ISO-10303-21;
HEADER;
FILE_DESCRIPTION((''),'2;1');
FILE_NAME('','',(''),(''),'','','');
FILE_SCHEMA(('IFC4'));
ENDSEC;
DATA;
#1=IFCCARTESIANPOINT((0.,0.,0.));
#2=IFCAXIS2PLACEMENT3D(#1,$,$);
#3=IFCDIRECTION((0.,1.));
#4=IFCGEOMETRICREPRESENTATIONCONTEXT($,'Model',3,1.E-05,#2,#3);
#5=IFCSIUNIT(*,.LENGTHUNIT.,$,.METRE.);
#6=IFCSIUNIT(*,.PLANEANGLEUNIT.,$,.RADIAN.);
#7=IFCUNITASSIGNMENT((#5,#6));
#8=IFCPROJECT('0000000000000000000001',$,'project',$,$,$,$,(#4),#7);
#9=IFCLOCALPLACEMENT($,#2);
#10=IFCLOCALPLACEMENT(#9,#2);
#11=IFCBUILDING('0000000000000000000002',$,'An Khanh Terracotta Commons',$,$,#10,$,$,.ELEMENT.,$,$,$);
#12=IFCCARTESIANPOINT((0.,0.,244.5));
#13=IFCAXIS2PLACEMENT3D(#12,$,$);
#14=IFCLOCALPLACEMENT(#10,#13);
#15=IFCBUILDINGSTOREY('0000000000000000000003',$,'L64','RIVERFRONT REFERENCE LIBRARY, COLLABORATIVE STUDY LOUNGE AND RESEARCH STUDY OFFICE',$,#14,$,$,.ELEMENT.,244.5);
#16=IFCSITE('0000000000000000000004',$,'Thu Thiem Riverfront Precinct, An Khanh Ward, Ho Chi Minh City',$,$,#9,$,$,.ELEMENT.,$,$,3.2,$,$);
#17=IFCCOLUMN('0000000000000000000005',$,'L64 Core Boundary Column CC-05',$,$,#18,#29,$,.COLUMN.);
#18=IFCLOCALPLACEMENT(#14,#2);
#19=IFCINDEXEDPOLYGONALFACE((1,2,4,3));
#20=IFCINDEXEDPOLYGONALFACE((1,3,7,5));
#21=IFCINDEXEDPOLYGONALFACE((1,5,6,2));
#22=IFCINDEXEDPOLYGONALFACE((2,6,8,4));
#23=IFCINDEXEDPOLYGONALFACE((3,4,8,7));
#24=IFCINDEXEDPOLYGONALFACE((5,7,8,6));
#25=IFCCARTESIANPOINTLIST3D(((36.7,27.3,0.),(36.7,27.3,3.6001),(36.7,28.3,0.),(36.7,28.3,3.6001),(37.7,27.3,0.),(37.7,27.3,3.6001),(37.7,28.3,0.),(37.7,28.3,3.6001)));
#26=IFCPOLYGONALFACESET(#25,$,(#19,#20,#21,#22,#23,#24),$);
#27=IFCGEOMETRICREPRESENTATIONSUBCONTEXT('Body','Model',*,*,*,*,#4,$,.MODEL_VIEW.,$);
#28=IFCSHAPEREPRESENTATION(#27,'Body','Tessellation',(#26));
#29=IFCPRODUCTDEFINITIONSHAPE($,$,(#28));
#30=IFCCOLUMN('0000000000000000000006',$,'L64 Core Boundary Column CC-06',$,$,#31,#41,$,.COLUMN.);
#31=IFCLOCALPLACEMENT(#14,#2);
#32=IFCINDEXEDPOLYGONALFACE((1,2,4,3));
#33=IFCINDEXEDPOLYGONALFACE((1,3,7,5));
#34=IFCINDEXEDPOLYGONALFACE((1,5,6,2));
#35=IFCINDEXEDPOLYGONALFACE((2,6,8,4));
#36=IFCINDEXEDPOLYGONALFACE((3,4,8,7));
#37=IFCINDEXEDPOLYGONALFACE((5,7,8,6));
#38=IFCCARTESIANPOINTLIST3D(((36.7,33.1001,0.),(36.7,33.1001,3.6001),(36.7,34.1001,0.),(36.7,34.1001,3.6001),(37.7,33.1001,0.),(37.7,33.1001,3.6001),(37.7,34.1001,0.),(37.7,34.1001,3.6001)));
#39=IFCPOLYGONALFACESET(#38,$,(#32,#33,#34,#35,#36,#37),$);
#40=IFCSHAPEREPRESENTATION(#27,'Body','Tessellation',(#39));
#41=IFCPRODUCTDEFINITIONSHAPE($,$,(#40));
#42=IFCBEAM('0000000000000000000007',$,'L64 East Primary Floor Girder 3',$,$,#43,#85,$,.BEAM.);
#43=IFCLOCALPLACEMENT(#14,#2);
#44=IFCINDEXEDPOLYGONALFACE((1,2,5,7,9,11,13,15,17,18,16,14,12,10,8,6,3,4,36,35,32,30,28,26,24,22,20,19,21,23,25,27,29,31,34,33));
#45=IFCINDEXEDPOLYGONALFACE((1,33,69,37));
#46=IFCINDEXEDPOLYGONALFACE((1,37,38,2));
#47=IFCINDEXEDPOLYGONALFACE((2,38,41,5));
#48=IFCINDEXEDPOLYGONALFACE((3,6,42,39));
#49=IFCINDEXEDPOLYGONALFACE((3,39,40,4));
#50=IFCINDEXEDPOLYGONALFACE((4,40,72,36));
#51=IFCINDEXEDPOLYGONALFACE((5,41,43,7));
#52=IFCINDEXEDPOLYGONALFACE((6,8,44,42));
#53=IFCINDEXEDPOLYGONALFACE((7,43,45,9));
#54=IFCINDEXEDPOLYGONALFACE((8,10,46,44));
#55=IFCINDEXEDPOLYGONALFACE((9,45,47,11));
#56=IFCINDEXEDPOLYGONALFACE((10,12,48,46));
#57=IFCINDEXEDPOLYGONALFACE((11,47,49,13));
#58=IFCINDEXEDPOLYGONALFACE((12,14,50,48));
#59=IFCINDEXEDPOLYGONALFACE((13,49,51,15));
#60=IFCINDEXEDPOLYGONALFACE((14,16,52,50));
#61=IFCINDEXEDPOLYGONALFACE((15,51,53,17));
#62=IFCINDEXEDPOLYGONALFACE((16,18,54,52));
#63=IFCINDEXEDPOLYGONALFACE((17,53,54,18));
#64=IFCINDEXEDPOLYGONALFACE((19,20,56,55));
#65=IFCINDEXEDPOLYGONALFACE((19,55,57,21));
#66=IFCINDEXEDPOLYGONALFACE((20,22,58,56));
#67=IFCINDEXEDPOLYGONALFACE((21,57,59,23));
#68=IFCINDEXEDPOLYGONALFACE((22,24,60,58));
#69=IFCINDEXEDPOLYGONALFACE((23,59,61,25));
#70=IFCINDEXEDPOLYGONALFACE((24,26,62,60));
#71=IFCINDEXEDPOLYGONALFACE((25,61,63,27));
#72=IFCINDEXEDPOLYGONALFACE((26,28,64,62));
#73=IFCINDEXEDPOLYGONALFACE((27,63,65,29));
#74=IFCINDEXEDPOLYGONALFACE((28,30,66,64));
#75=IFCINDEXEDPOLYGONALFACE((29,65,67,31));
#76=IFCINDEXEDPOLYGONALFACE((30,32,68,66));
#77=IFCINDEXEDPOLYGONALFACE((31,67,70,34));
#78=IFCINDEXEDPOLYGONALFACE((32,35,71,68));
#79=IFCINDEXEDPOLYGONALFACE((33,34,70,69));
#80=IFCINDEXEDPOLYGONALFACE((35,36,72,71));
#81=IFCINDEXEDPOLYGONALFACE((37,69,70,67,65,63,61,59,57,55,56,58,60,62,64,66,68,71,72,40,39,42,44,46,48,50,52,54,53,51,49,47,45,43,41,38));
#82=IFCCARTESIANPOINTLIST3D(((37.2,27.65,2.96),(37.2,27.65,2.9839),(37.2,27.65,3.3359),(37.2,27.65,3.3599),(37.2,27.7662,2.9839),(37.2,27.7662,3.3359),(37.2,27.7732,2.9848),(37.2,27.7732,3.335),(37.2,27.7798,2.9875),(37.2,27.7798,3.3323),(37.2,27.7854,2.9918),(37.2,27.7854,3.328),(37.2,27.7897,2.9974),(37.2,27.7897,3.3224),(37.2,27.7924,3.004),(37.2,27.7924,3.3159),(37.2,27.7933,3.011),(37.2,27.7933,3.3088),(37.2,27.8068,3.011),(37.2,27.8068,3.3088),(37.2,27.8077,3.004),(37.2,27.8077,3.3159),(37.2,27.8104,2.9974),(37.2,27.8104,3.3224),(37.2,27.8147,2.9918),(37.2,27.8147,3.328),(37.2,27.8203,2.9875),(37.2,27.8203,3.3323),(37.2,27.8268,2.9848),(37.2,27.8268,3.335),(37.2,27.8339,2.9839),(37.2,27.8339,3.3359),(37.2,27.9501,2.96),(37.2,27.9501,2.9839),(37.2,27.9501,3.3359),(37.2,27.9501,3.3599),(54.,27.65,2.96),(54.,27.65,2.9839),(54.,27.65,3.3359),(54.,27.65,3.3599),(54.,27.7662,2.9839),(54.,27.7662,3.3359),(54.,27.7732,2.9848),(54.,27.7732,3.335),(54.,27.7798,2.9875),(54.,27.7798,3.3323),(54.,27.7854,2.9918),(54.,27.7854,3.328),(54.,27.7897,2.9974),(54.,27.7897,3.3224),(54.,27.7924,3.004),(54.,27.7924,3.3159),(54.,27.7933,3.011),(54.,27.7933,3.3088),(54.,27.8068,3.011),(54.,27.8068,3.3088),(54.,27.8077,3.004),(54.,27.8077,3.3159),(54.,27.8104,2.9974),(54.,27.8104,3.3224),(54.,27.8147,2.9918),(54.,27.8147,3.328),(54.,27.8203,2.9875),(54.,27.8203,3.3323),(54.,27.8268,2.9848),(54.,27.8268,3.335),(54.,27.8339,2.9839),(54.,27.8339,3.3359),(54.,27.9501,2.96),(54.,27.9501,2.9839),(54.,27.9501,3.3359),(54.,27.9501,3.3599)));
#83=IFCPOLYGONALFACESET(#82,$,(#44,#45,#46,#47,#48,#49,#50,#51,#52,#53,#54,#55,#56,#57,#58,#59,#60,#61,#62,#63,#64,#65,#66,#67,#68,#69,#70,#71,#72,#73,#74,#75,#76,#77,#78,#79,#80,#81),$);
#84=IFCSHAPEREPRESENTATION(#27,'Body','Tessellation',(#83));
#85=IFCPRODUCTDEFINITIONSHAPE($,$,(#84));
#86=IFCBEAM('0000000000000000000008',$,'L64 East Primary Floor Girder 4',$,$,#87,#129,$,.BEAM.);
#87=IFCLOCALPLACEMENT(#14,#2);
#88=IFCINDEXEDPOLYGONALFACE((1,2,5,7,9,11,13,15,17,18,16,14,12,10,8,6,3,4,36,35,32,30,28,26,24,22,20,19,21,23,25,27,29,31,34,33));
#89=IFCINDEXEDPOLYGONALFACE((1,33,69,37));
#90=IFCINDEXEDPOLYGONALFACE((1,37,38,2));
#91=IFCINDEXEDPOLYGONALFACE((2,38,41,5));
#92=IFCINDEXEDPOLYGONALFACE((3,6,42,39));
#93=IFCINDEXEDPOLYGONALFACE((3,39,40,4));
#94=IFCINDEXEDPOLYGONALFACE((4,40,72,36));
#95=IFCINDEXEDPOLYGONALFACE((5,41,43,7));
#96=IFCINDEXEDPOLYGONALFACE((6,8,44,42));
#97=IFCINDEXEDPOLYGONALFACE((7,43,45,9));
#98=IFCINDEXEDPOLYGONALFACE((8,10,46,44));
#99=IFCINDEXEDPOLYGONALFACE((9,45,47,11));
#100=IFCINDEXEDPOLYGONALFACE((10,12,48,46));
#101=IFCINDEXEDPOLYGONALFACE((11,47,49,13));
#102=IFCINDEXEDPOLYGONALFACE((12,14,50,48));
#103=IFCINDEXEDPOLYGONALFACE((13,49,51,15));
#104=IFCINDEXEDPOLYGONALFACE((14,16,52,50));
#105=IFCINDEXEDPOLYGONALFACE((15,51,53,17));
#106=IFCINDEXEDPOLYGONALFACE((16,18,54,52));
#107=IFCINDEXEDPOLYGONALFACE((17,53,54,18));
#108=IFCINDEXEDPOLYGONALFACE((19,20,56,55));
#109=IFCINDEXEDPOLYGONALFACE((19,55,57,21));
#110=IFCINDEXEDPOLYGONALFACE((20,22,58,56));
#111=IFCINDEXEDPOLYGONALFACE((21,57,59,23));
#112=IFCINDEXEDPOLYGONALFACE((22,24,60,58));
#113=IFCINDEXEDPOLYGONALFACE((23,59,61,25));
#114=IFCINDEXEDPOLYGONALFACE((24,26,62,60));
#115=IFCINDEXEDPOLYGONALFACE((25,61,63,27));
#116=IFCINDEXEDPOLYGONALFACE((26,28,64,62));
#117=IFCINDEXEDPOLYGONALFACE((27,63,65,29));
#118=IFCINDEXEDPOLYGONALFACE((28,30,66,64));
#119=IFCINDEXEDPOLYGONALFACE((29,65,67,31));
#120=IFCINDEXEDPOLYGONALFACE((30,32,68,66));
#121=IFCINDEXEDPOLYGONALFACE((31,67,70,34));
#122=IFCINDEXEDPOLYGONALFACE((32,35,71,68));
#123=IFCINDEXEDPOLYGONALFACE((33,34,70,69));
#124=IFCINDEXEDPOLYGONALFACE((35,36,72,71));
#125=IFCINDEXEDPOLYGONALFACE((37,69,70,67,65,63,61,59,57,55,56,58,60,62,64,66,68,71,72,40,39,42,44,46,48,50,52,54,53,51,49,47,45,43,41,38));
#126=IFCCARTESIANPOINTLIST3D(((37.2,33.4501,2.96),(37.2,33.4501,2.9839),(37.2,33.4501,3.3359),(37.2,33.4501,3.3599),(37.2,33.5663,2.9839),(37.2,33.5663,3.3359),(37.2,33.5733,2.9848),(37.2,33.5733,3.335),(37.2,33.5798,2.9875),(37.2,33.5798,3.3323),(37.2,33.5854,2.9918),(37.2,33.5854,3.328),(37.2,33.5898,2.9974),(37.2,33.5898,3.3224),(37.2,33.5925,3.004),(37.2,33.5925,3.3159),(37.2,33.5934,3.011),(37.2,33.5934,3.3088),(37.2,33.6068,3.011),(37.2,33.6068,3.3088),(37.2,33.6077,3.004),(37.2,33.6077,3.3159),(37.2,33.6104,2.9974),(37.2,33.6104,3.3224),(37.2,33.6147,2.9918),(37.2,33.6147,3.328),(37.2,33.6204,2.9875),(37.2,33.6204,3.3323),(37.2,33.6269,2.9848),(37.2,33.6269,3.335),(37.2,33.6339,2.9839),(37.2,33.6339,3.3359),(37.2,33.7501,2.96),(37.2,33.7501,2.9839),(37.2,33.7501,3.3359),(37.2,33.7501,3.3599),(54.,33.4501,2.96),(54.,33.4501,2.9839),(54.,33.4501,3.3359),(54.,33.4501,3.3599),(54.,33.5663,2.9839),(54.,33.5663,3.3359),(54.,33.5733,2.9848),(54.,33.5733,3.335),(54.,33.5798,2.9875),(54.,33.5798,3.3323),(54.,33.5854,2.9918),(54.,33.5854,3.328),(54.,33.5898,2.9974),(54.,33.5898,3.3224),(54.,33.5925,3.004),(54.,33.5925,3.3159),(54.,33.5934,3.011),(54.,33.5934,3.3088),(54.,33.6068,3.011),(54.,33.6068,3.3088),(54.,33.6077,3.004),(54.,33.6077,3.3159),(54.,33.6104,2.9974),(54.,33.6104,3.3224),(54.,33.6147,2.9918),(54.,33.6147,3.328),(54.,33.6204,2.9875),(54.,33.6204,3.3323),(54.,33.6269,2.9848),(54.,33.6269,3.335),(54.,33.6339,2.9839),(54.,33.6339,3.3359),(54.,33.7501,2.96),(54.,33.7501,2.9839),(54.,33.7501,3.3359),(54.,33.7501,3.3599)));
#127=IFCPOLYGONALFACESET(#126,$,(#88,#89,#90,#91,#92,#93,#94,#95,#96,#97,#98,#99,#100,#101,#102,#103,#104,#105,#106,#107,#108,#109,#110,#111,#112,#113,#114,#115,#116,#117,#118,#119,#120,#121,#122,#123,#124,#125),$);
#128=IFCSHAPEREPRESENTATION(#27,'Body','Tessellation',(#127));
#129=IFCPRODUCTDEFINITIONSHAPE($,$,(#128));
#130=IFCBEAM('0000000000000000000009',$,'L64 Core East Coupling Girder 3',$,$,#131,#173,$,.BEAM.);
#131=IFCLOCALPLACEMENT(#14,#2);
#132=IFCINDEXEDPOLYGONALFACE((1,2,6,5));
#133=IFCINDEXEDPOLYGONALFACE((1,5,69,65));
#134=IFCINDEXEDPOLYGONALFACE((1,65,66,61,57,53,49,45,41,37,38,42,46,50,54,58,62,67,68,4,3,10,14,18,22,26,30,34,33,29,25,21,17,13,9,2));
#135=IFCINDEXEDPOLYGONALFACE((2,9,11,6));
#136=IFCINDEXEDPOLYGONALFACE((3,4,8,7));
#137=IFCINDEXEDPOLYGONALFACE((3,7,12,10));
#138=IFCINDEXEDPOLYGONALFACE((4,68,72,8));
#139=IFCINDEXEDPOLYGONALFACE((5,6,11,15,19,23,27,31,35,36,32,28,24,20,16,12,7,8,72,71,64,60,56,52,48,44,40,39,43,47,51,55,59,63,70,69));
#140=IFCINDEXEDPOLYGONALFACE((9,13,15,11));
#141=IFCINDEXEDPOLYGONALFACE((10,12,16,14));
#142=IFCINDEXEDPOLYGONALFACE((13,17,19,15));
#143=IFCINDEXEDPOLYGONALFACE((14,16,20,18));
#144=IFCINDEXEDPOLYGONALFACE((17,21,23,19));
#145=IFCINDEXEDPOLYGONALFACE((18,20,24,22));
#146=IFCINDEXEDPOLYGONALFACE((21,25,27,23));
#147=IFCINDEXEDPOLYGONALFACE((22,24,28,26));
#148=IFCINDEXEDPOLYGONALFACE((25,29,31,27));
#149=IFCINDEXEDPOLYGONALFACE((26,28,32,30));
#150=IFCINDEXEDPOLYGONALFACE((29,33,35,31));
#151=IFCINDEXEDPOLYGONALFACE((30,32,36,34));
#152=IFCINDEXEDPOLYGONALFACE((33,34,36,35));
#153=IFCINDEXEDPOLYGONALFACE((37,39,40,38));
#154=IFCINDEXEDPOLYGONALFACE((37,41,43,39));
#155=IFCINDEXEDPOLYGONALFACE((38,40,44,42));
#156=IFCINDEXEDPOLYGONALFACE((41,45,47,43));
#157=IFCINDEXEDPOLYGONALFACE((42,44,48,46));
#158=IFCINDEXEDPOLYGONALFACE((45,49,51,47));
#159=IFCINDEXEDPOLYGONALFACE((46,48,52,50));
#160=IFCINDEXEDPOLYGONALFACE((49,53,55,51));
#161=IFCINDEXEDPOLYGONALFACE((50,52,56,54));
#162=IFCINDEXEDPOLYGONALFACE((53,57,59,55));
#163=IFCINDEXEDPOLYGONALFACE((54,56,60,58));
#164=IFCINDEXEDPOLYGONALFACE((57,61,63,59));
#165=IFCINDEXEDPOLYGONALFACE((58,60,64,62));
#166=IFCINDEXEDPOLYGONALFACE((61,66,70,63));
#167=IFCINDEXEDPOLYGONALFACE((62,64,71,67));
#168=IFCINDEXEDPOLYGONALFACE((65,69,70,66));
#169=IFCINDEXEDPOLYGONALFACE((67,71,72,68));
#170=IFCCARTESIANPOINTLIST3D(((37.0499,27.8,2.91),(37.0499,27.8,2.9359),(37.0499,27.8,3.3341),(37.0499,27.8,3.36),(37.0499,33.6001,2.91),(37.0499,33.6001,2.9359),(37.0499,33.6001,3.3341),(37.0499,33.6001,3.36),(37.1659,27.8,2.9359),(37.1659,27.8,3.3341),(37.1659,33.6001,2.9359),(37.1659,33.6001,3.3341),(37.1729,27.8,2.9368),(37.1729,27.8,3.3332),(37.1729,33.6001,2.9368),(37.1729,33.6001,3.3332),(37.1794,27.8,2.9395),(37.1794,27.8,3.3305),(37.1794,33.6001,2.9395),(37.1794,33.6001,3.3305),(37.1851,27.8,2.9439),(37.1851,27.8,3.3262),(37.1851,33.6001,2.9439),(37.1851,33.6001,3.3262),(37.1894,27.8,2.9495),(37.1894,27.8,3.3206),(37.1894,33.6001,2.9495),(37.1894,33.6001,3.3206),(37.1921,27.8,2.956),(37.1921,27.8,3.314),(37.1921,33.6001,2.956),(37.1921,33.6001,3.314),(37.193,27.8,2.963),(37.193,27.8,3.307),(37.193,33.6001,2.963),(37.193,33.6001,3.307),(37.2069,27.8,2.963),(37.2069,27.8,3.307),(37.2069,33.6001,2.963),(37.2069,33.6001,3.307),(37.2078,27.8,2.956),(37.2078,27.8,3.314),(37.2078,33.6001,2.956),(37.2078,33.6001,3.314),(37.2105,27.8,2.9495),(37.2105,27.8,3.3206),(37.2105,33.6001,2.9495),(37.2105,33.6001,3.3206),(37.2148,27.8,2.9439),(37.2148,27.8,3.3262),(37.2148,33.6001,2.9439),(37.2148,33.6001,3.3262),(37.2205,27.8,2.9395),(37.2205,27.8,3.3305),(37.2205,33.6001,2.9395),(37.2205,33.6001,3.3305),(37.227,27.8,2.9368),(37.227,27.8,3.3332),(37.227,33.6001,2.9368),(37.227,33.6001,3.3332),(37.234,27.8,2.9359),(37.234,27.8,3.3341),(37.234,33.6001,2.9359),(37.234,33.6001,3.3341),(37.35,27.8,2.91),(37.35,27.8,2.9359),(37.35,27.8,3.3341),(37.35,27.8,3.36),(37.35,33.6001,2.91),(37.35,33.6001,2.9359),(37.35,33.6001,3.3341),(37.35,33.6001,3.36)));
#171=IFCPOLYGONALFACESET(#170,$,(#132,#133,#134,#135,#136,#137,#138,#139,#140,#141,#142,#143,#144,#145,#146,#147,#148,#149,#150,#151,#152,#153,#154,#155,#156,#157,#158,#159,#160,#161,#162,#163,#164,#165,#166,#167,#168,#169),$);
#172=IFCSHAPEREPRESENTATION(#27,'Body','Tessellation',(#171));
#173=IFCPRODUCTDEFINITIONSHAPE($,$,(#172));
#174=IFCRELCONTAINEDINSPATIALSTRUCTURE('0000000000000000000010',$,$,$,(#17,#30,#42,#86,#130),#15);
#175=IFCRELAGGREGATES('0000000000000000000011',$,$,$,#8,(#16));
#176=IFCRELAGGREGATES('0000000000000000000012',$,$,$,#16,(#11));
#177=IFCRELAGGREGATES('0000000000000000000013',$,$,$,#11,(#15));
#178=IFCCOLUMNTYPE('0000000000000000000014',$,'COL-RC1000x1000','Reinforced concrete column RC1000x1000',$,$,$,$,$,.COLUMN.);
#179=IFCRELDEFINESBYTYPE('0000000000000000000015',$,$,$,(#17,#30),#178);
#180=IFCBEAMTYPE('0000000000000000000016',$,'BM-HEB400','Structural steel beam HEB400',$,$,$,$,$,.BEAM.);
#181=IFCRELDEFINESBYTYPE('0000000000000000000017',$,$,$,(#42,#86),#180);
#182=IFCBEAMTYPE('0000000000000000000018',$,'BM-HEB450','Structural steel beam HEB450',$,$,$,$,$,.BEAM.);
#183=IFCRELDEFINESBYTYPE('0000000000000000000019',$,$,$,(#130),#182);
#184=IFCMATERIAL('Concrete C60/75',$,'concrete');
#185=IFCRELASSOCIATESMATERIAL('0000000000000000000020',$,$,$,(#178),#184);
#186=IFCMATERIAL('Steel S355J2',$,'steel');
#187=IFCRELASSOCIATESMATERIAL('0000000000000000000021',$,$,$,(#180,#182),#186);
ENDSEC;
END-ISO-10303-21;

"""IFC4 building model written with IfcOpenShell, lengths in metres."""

from ifc_helpers import new_model, si_unit, direction, frame, origin, origin_2d, place, context, subcontext, project, spatial, rectangle, i_section, extrude, material, material_profile, profile_set, type_object, element, save


model = new_model("IFC4")

# Units and contexts
model_context = context("Model", 3, precision=1e-05, world=origin(), true_north=direction((0.0, 1.0)))
body_context = subcontext(model_context, "Body", "Model", "MODEL_VIEW")
ifc_project = project(units=[si_unit("LENGTHUNIT", "METRE"), si_unit("PLANEANGLEUNIT", "RADIAN")], contexts=[model_context])

# Site, building, storey
site_placement = place(None, origin())
site = spatial("IfcSite", under=ifc_project, at=site_placement, Name="Thu Thiem Riverfront Precinct, An Khanh Ward, Ho Chi Minh City", CompositionType="ELEMENT", RefElevation=3.2)
building_placement = place(site_placement, origin())
building = spatial("IfcBuilding", under=site, at=building_placement, Name="An Khanh Terracotta Commons", CompositionType="ELEMENT")
storey_placement = place(building_placement, frame((0.0, 0.0, 244.5)))
storey = spatial("IfcBuildingStorey", under=building, at=storey_placement, Name="L64", Description="RIVERFRONT REFERENCE LIBRARY, COLLABORATIVE STUDY LOUNGE AND RESEARCH STUDY OFFICE", CompositionType="ELEMENT", Elevation=244.5)

# Columns
ifc_material_1 = material(Name="Concrete C60/75", Category="concrete")
ifc_material_profile_1 = material_profile(ifc_material_1, rectangle(XDim=1.0, YDim=1.0, at=origin_2d()), Name="RC1000x1000")
ifc_profile_set_1 = profile_set([ifc_material_profile_1], Name="Concrete C60/75")
column_type = type_object("IfcColumnType", Name="COL-RC1000x1000", Description="Reinforced concrete column RC1000x1000", PredefinedType="COLUMN", material=ifc_profile_set_1)
for number, where, z_axis, x_axis, name in (
    (1, (37.2, 27.8, 0.0), (0.0, 0.0, 1.0), (1.0, 0.0, 0.0), "L64 Core Boundary Column CC-05"),
    (2, (37.2, 33.6001, 0.0), (0.0, 0.0, 1.0), (1.0, 0.0, 0.0), "L64 Core Boundary Column CC-06"),
):
    element("IfcColumn", number, at=place(storey_placement, frame(where, z_axis=z_axis, x_axis=x_axis)), inside=storey, type_object=column_type, Name=name, PredefinedType="COLUMN", context=body_context, shape_type="SweptSolid", body=[
        extrude(rectangle(XDim=1.0, YDim=1.0, at=origin_2d()), origin(), (0.0, 0.0, 1.0), 3.6001),
    ])

# Beams
ifc_material_2 = material(Name="Steel S355J2", Category="steel")
ifc_material_profile_2 = material_profile(ifc_material_2, i_section(OverallWidth=0.3, OverallDepth=0.3999, WebThickness=0.0134, FlangeThickness=0.0239, FilletRadius=0.0271, at=origin_2d()), Name="HEB400")
ifc_profile_set_2 = profile_set([ifc_material_profile_2], Name="Steel S355J2")
beam_type_1 = type_object("IfcBeamType", Name="BM-HEB400", Description="Structural steel beam HEB400", PredefinedType="BEAM", material=ifc_profile_set_2)
for number, where, z_axis, x_axis, name in (
    (3, (37.2, 27.8, 3.1599), (1.0, 0.0, 0.0), (0.0, 1.0, 0.0), "L64 East Primary Floor Girder 3"),
    (4, (37.2, 33.6001, 3.1599), (1.0, 0.0, 0.0), (0.0, 1.0, 0.0), "L64 East Primary Floor Girder 4"),
):
    element("IfcBeam", number, at=place(storey_placement, frame(where, z_axis=z_axis, x_axis=x_axis)), inside=storey, type_object=beam_type_1, Name=name, PredefinedType="BEAM", context=body_context, shape_type="SweptSolid", body=[
        extrude(i_section(OverallWidth=0.3, OverallDepth=0.3999, WebThickness=0.0134, FlangeThickness=0.0239, FilletRadius=0.0271, at=origin_2d()), origin(), (0.0, 0.0, 1.0), 16.8),
    ])
ifc_material_profile_3 = material_profile(ifc_material_2, i_section(OverallWidth=0.3, OverallDepth=0.45, WebThickness=0.0139, FlangeThickness=0.0259, FilletRadius=0.0271, at=origin_2d()), Name="HEB450")
ifc_profile_set_3 = profile_set([ifc_material_profile_3], Name="Steel S355J2")
beam_type_2 = type_object("IfcBeamType", Name="BM-HEB450", Description="Structural steel beam HEB450", PredefinedType="BEAM", material=ifc_profile_set_3)
beam_placement = place(storey_placement, frame((37.2, 27.8, 3.135), z_axis=(0.0, 1.0, 0.0), x_axis=(-1.0, 0.0, 0.0)))
element("IfcBeam", 5, at=beam_placement, inside=storey, type_object=beam_type_2, Name="L64 Core East Coupling Girder 3", PredefinedType="BEAM", context=body_context, shape_type="SweptSolid", body=[
    extrude(i_section(OverallWidth=0.3, OverallDepth=0.45, WebThickness=0.0139, FlangeThickness=0.0259, FilletRadius=0.0271, at=origin_2d()), origin(), (0.0, 0.0, 1.0), 5.8),
])

save(model, "model.ifc")
